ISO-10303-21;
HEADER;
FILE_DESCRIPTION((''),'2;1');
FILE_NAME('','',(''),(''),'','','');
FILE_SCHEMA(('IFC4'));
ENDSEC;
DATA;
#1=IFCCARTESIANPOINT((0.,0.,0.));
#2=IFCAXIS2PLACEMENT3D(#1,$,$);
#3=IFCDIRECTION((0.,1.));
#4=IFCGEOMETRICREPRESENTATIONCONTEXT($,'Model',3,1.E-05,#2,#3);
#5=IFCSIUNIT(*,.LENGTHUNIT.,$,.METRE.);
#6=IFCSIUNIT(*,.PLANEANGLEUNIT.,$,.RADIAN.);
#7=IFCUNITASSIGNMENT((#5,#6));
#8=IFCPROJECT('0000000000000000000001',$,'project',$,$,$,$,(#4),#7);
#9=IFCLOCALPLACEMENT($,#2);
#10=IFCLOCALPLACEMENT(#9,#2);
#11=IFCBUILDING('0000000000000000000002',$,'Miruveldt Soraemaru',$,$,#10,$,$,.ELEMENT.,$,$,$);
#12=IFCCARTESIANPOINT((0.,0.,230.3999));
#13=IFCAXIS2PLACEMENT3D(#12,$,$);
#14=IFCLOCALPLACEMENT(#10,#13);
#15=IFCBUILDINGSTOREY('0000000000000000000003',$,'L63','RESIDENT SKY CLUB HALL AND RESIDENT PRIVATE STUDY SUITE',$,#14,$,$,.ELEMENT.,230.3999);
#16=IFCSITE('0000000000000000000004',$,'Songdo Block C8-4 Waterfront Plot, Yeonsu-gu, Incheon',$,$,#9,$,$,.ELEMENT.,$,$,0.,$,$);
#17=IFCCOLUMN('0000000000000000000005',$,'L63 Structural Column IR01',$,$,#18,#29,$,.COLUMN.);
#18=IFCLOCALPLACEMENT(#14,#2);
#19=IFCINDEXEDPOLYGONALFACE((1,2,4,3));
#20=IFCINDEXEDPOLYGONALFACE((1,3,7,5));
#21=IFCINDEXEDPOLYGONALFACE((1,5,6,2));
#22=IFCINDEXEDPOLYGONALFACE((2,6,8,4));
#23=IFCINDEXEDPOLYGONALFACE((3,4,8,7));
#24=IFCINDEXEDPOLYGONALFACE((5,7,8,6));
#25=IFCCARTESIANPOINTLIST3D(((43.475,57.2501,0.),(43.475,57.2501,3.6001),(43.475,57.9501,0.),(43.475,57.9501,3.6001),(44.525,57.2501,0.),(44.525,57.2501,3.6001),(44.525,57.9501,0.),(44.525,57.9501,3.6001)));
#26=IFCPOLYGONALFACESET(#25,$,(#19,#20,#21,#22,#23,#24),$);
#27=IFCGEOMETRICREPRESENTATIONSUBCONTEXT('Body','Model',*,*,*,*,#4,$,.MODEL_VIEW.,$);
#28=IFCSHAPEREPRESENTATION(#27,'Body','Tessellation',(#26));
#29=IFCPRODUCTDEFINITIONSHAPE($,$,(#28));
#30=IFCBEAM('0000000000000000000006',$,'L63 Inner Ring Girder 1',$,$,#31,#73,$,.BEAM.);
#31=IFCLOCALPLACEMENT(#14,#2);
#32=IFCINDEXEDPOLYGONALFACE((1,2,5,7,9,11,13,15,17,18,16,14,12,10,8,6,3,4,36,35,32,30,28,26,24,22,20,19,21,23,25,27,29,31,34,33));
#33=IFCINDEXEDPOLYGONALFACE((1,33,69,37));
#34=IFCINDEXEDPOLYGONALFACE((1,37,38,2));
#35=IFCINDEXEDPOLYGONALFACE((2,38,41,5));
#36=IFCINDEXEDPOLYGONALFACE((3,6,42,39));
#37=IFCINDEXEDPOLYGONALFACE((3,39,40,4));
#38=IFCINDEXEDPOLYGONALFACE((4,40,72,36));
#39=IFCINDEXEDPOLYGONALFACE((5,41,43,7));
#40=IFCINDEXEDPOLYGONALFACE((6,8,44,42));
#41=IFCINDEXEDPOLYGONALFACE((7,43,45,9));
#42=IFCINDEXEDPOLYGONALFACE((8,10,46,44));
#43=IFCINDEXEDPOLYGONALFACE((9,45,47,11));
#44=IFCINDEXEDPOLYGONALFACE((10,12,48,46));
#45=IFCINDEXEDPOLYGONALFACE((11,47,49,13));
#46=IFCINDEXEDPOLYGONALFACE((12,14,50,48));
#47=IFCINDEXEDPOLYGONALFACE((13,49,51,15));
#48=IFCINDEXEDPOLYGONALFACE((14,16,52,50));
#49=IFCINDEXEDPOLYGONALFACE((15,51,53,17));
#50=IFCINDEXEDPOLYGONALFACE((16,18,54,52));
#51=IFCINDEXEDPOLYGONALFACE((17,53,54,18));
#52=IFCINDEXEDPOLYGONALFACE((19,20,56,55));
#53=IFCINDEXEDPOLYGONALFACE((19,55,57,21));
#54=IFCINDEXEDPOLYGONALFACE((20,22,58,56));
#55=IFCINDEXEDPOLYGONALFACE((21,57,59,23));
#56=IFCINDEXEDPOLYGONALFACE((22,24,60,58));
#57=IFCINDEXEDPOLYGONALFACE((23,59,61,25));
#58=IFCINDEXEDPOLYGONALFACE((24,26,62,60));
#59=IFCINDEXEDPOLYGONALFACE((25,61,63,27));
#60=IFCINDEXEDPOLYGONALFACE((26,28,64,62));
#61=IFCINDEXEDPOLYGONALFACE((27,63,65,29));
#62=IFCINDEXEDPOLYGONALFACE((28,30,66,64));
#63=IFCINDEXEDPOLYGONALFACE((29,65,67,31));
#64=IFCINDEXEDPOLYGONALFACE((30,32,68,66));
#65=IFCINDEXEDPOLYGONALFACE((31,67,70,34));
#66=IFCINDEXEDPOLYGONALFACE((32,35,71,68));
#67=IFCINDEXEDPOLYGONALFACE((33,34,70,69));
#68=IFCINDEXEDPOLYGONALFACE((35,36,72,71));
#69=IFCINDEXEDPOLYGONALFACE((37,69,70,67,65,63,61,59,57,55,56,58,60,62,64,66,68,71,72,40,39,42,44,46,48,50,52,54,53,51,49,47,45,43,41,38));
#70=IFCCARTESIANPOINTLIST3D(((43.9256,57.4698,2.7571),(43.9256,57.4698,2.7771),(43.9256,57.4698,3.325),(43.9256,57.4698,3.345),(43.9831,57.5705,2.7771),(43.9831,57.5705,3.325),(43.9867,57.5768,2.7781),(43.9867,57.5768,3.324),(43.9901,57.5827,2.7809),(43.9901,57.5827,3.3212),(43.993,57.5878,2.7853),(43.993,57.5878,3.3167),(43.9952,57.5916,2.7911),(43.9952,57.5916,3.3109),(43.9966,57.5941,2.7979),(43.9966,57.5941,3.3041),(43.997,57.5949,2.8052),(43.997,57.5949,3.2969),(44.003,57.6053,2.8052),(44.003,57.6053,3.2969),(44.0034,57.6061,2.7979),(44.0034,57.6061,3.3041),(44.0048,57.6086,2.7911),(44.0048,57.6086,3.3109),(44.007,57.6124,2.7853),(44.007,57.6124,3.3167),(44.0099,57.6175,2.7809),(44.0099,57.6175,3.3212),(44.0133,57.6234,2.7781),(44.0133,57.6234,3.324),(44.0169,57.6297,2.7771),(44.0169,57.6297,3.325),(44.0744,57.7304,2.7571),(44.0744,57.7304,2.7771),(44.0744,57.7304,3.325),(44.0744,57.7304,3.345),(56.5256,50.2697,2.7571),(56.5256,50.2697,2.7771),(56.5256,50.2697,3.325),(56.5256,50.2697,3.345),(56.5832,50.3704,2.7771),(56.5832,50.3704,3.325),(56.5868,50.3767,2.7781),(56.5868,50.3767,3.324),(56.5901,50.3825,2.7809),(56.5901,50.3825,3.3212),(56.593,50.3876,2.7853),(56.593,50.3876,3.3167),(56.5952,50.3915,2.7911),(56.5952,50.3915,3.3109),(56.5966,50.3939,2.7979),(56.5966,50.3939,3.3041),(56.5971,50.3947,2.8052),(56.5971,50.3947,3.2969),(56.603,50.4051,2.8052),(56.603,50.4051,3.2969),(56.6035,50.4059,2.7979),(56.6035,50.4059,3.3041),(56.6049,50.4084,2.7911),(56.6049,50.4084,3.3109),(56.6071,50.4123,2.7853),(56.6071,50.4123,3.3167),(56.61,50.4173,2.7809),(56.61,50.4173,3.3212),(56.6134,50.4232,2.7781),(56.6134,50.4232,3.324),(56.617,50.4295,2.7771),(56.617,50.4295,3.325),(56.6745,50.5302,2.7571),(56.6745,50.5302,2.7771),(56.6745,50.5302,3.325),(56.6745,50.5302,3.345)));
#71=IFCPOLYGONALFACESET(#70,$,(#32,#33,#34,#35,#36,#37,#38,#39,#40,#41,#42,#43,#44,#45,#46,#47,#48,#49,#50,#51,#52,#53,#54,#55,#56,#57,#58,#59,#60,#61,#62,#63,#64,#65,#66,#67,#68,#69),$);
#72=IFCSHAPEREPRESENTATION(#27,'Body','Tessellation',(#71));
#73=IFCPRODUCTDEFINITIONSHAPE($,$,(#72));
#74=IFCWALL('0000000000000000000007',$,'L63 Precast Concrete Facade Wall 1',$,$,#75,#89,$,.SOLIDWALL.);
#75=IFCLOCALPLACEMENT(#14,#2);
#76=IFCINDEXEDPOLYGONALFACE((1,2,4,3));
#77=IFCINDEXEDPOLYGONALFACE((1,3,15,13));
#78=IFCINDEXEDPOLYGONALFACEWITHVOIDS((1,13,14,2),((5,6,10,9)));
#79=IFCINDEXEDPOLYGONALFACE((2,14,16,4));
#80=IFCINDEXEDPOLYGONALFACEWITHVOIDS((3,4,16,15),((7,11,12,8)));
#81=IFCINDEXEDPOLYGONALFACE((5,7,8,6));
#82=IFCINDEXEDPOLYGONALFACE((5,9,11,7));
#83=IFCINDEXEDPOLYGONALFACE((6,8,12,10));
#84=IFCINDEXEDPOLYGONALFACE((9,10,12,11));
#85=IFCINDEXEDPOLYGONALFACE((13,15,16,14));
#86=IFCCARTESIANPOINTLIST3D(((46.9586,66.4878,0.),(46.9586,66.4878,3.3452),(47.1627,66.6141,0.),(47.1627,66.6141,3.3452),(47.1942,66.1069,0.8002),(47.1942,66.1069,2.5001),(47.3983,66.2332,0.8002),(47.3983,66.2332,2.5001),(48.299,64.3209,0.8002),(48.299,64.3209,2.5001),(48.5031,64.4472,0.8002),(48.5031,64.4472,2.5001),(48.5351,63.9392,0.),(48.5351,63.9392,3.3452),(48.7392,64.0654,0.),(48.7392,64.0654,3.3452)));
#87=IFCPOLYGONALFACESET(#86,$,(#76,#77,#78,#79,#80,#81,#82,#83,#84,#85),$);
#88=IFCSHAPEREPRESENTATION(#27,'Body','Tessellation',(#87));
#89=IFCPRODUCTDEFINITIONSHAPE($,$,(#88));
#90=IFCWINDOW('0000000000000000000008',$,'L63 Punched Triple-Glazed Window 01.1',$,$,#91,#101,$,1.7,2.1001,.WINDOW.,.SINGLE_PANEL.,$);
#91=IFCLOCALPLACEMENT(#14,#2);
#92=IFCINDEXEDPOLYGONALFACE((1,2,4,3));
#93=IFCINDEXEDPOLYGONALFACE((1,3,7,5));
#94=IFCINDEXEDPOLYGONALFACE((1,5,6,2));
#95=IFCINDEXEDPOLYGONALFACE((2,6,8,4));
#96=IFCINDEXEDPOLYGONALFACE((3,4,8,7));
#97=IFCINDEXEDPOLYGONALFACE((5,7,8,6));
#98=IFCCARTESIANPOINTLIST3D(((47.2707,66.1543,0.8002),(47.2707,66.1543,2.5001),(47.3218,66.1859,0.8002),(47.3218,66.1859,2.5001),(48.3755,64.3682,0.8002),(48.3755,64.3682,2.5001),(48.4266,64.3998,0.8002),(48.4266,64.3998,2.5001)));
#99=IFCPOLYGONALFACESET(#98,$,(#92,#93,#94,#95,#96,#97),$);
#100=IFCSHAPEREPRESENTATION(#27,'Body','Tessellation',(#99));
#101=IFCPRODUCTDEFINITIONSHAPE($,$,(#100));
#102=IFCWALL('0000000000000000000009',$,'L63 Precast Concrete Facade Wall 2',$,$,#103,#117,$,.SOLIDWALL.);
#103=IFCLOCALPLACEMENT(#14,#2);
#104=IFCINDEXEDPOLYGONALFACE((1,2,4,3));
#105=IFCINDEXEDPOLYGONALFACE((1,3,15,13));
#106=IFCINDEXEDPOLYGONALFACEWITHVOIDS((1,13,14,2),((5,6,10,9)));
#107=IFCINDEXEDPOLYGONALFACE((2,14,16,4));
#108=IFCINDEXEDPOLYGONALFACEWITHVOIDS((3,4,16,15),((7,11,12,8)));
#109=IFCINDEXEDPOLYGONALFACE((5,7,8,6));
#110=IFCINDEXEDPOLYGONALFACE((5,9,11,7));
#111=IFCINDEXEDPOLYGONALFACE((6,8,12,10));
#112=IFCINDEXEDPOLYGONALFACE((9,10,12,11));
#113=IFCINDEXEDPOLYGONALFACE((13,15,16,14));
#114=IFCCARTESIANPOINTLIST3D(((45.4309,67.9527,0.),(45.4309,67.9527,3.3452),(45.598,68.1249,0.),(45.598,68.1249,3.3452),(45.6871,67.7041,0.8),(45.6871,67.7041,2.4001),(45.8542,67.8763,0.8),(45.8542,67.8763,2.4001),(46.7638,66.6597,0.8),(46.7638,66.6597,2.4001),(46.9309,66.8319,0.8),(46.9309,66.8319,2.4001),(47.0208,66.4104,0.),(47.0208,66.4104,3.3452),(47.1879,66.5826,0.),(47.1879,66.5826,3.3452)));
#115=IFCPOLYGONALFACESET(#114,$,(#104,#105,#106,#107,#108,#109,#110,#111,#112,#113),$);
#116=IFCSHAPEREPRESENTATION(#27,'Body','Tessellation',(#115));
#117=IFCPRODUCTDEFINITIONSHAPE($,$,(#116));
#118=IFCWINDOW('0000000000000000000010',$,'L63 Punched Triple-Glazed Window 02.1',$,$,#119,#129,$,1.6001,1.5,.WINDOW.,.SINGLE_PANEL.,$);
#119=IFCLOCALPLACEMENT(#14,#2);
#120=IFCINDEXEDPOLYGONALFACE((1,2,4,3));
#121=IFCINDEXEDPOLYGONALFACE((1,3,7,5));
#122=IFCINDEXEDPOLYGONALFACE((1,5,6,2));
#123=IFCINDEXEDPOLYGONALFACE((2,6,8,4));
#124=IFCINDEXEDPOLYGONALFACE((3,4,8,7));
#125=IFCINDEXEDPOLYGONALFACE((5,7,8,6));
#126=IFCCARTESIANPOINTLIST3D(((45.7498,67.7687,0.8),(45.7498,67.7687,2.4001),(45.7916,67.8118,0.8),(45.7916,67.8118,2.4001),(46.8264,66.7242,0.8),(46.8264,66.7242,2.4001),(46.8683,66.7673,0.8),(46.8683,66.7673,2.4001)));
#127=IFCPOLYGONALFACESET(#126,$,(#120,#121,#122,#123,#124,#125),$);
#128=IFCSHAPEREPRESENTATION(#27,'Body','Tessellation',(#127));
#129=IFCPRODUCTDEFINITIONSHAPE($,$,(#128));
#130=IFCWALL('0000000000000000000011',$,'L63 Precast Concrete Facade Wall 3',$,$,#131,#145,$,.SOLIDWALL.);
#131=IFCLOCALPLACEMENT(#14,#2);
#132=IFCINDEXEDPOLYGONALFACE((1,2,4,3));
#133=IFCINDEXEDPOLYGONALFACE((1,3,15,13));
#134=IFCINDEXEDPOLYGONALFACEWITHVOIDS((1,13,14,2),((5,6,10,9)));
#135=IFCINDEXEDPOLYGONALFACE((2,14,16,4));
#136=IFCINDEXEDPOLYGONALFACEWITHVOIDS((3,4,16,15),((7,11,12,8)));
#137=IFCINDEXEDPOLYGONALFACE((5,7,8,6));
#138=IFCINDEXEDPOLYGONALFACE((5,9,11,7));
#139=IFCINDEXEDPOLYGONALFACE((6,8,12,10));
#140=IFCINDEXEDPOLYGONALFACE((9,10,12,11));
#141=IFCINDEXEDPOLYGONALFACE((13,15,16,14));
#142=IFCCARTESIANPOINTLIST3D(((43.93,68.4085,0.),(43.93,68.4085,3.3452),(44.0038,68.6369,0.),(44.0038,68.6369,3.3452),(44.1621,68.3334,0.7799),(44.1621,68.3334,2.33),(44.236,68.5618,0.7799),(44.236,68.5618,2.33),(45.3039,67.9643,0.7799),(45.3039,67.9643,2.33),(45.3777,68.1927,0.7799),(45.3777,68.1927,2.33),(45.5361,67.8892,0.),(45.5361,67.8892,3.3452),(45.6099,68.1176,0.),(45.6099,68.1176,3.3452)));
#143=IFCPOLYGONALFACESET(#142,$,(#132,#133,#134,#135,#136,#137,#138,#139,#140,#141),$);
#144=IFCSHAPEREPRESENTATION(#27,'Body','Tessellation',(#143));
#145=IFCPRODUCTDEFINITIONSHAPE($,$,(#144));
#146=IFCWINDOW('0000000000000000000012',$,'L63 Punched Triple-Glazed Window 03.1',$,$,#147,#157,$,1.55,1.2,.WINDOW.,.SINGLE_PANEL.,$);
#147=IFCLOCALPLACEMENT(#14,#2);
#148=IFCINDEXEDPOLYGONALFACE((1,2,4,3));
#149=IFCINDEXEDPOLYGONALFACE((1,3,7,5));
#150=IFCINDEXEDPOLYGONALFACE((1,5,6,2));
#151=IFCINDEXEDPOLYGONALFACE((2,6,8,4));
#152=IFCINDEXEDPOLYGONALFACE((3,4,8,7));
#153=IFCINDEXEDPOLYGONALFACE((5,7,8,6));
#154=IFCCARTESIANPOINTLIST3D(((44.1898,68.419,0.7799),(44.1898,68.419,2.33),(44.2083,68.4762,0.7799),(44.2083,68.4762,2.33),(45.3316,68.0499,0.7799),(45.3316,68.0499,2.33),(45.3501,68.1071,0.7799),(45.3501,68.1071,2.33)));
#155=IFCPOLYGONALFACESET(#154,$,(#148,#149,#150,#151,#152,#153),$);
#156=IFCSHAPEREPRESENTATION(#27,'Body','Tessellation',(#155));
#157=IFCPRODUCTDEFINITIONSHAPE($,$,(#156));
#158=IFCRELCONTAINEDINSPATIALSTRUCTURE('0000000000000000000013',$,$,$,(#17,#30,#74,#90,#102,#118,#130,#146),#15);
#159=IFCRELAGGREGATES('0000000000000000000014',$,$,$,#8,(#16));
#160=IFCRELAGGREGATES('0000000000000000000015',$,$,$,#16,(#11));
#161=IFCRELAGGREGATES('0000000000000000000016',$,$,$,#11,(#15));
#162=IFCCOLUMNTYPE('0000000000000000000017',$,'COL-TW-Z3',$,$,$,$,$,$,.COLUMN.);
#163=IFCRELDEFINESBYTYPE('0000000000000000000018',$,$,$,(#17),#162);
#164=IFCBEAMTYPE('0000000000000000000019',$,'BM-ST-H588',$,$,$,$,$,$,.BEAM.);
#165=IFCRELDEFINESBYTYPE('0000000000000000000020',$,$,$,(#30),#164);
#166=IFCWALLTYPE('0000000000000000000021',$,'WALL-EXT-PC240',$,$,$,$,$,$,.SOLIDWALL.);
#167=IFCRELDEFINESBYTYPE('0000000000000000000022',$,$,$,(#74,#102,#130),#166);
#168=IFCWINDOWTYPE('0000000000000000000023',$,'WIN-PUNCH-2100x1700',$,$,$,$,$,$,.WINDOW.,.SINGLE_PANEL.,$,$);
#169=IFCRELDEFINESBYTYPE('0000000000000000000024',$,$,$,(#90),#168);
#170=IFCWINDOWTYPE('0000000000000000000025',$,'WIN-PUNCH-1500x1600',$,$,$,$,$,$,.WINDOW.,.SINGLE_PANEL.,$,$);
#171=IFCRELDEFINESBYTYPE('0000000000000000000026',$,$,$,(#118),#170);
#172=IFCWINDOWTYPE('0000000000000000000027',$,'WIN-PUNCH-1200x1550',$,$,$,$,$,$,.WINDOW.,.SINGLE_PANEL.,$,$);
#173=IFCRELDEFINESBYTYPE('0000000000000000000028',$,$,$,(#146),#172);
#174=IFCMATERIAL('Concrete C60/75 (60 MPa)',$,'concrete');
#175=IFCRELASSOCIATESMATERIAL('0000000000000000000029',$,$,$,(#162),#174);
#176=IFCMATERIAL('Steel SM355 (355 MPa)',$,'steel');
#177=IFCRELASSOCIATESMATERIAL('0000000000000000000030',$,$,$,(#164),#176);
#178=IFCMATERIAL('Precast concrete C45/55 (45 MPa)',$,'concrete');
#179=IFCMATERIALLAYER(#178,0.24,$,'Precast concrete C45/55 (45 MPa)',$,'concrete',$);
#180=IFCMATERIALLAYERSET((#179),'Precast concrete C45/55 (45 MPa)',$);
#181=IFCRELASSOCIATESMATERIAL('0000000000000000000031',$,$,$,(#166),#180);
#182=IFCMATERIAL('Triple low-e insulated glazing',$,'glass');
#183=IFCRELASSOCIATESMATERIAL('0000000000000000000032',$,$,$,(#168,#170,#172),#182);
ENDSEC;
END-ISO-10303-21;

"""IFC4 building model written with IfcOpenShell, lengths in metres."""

from ifc_helpers import new_model, si_unit, direction, frame, frame_2d, origin, origin_2d, place, context, subcontext, project, spatial, rectangle, i_section, extrude, material, layer, layer_set, material_profile, profile_set, type_object, element, fill, save


model = new_model("IFC4")

# Units and contexts
model_context = context("Model", 3, precision=1e-05, world=origin(), true_north=direction((0.0, 1.0)))
body_context = subcontext(model_context, "Body", "Model", "MODEL_VIEW")
ifc_project = project(units=[si_unit("LENGTHUNIT", "METRE"), si_unit("PLANEANGLEUNIT", "RADIAN")], contexts=[model_context])

# Site, building, storey
site_placement = place(None, origin())
site = spatial("IfcSite", under=ifc_project, at=site_placement, Name="Songdo Block C8-4 Waterfront Plot, Yeonsu-gu, Incheon", CompositionType="ELEMENT", RefElevation=0.0)
building_placement = place(site_placement, origin())
building = spatial("IfcBuilding", under=site, at=building_placement, Name="Miruveldt Soraemaru", CompositionType="ELEMENT")
storey_placement = place(building_placement, frame((0.0, 0.0, 230.3999)))
storey = spatial("IfcBuildingStorey", under=building, at=storey_placement, Name="L63", Description="RESIDENT SKY CLUB HALL AND RESIDENT PRIVATE STUDY SUITE", CompositionType="ELEMENT", Elevation=230.3999)

# Column
ifc_material_1 = material(Name="Concrete C60/75 (60 MPa)", Category="concrete")
ifc_material_profile_1 = material_profile(ifc_material_1, rectangle(XDim=1.05, YDim=0.7, at=origin_2d()), Name="Concrete C60/75 (60 MPa)", Category="concrete")
ifc_profile_set_1 = profile_set([ifc_material_profile_1], Name="Concrete C60/75 (60 MPa)")
column_type = type_object("IfcColumnType", Name="COL-TW-Z3", PredefinedType="COLUMN", material=ifc_profile_set_1)
column_placement = place(storey_placement, frame((44.0, 57.6001, 0.0), z_axis=(0.0, 0.0, 1.0), x_axis=(1.0, 0.0, 0.0)))
element("IfcColumn", 1, at=column_placement, inside=storey, type_object=column_type, Name="L63 Structural Column IR01", PredefinedType="COLUMN", context=body_context, shape_type="SweptSolid", body=[
    extrude(rectangle(XDim=1.05, YDim=0.7, at=origin_2d()), origin(), (0.0, 0.0, 1.0), 3.6001),
])

# Beam
ifc_material_2 = material(Name="Steel SM355 (355 MPa)", Category="steel")
ifc_material_profile_2 = material_profile(ifc_material_2, i_section(OverallWidth=0.3, OverallDepth=0.5879, WebThickness=0.012, FlangeThickness=0.02, FilletRadius=0.0281, at=origin_2d()), Name="Steel SM355 (355 MPa)", Category="steel")
ifc_profile_set_2 = profile_set([ifc_material_profile_2], Name="Steel SM355 (355 MPa)")
beam_type = type_object("IfcBeamType", Name="BM-ST-H588", PredefinedType="BEAM", material=ifc_profile_set_2)
beam_placement = place(storey_placement, frame((44.0, 57.6001, 3.051), z_axis=(0.868239, -0.496146, 0.0), x_axis=(0.496146, 0.868239, 0.0)))
element("IfcBeam", 2, at=beam_placement, inside=storey, type_object=beam_type, Name="L63 Inner Ring Girder 1", PredefinedType="BEAM", context=body_context, shape_type="SweptSolid", body=[
    extrude(i_section(OverallWidth=0.3, OverallDepth=0.5879, WebThickness=0.012, FlangeThickness=0.02, FilletRadius=0.0281, at=origin_2d()), origin(), (0.0, 0.0, 1.0), 14.5122),
])

# Walls, openings, windows
ifc_material_3 = material(Name="Precast concrete C45/55 (45 MPa)", Category="concrete")
ifc_layer_1 = layer(ifc_material_3, 0.24, Name="Precast concrete C45/55 (45 MPa)", Category="concrete")
ifc_layer_set_1 = layer_set([ifc_layer_1], Name="Precast concrete C45/55 (45 MPa)")
wall_type_1 = type_object("IfcWallType", Name="WALL-EXT-PC240", PredefinedType="SOLIDWALL", material=ifc_layer_set_1)
wall_1_placement = place(storey_placement, frame((48.6372, 64.0022, 0.0), z_axis=(0.0, 0.0, 1.0), x_axis=(-0.526046, 0.850456, 0.0)))
wall_1 = element("IfcWall", 3, at=wall_1_placement, inside=storey, type_object=wall_type_1, Name="L63 Precast Concrete Facade Wall 1", PredefinedType="SOLIDWALL", context=body_context, shape_type="SweptSolid", body=[
    extrude(rectangle(XDim=2.9968, YDim=0.24, at=frame_2d((1.4985, 0.0))), origin(), (0.0, 0.0, 1.0), 3.3452),
])
opening_1_placement = place(wall_1_placement, frame((0.449, 0.0, 0.8)))
opening_1 = element("IfcOpeningElement", 4, at=opening_1_placement, cuts=wall_1, PredefinedType="OPENING", context=body_context, shape_type="SweptSolid", body=[
    extrude(rectangle(XDim=2.1001, YDim=1.7, at=frame_2d((1.05, 0.8501))), frame((0.0, 0.1299, 0.0), z_axis=(0.0, -1.0, 0.0), x_axis=(1.0, 0.0, 0.0)), (0.0, 0.0, 1.0), 0.26),
])
ifc_material_4 = material(Name="Triple low-e insulated glazing", Category="glass")
window_type_1 = type_object("IfcWindowType", Name="WIN-PUNCH-2100x1700", PartitioningType="SINGLE_PANEL", PredefinedType="WINDOW", material=ifc_material_4)
window_1_placement = place(opening_1_placement, origin())
window_1 = element("IfcWindow", 5, at=window_1_placement, inside=storey, type_object=window_type_1, Name="L63 Punched Triple-Glazed Window 01.1", OverallHeight=1.7, OverallWidth=2.1001, PartitioningType="SINGLE_PANEL", PredefinedType="WINDOW", context=body_context, shape_type="SweptSolid", body=[
    extrude(rectangle(XDim=2.1001, YDim=1.7, at=frame_2d((1.05, 0.8501))), frame((0.0, 0.03, 0.0), z_axis=(0.0, -1.0, 0.0), x_axis=(1.0, 0.0, 0.0)), (0.0, 0.0, 1.0), 0.0601),
])
fill(opening_1, window_1)
wall_2_placement = place(storey_placement, frame((47.1042, 66.4966, 0.0), z_axis=(0.0, 0.0, 1.0), x_axis=(-0.717772, 0.696278, 0.0)))
wall_2 = element("IfcWall", 6, at=wall_2_placement, inside=storey, type_object=wall_type_1, Name="L63 Precast Concrete Facade Wall 2", PredefinedType="SOLIDWALL", context=body_context, shape_type="SweptSolid", body=[
    extrude(rectangle(XDim=2.2151, YDim=0.24, at=frame_2d((1.1074, 0.0))), origin(), (0.0, 0.0, 1.0), 3.3452),
])
opening_2_placement = place(wall_2_placement, frame((0.3579, 0.0, 0.8)))
opening_2 = element("IfcOpeningElement", 7, at=opening_2_placement, cuts=wall_2, PredefinedType="OPENING", context=body_context, shape_type="SweptSolid", body=[
    extrude(rectangle(XDim=1.5, YDim=1.6001, at=frame_2d((0.75, 0.8))), frame((0.0, 0.1299, 0.0), z_axis=(0.0, -1.0, 0.0), x_axis=(1.0, 0.0, 0.0)), (0.0, 0.0, 1.0), 0.26),
])
window_type_2 = type_object("IfcWindowType", Name="WIN-PUNCH-1500x1600", PartitioningType="SINGLE_PANEL", PredefinedType="WINDOW", material=ifc_material_4)
window_2_placement = place(opening_2_placement, origin())
window_2 = element("IfcWindow", 8, at=window_2_placement, inside=storey, type_object=window_type_2, Name="L63 Punched Triple-Glazed Window 02.1", OverallHeight=1.6001, OverallWidth=1.5, PartitioningType="SINGLE_PANEL", PredefinedType="WINDOW", context=body_context, shape_type="SweptSolid", body=[
    extrude(rectangle(XDim=1.5, YDim=1.6001, at=frame_2d((0.75, 0.8))), frame((0.0, 0.03, 0.0), z_axis=(0.0, -1.0, 0.0), x_axis=(1.0, 0.0, 0.0)), (0.0, 0.0, 1.0), 0.0601),
])
fill(opening_2, window_2)
wall_3_placement = place(storey_placement, frame((45.573, 68.0034, 0.0), z_axis=(0.0, 0.0, 1.0), x_axis=(-0.951508, 0.307624, 0.0)))
wall_3 = element("IfcWall", 9, at=wall_3_placement, inside=storey, type_object=wall_type_1, Name="L63 Precast Concrete Facade Wall 3", PredefinedType="SOLIDWALL", context=body_context, shape_type="SweptSolid", body=[
    extrude(rectangle(XDim=1.688, YDim=0.24, at=frame_2d((0.844, 0.0))), origin(), (0.0, 0.0, 1.0), 3.3452),
])
opening_3_placement = place(wall_3_placement, frame((0.2439, 0.0, 0.78)))
opening_3 = element("IfcOpeningElement", 10, at=opening_3_placement, cuts=wall_3, PredefinedType="OPENING", context=body_context, shape_type="SweptSolid", body=[
    extrude(rectangle(XDim=1.2, YDim=1.55, at=frame_2d((0.6001, 0.7749))), frame((0.0, 0.1299, 0.0), z_axis=(0.0, -1.0, 0.0), x_axis=(1.0, 0.0, 0.0)), (0.0, 0.0, 1.0), 0.26),
])
window_type_3 = type_object("IfcWindowType", Name="WIN-PUNCH-1200x1550", PartitioningType="SINGLE_PANEL", PredefinedType="WINDOW", material=ifc_material_4)
window_3_placement = place(opening_3_placement, origin())
window_3 = element("IfcWindow", 11, at=window_3_placement, inside=storey, type_object=window_type_3, Name="L63 Punched Triple-Glazed Window 03.1", OverallHeight=1.55, OverallWidth=1.2, PartitioningType="SINGLE_PANEL", PredefinedType="WINDOW", context=body_context, shape_type="SweptSolid", body=[
    extrude(rectangle(XDim=1.2, YDim=1.55, at=frame_2d((0.6001, 0.7749))), frame((0.0, 0.03, 0.0), z_axis=(0.0, -1.0, 0.0), x_axis=(1.0, 0.0, 0.0)), (0.0, 0.0, 1.0), 0.0601),
])
fill(opening_3, window_3)

save(model, "model.ifc")
